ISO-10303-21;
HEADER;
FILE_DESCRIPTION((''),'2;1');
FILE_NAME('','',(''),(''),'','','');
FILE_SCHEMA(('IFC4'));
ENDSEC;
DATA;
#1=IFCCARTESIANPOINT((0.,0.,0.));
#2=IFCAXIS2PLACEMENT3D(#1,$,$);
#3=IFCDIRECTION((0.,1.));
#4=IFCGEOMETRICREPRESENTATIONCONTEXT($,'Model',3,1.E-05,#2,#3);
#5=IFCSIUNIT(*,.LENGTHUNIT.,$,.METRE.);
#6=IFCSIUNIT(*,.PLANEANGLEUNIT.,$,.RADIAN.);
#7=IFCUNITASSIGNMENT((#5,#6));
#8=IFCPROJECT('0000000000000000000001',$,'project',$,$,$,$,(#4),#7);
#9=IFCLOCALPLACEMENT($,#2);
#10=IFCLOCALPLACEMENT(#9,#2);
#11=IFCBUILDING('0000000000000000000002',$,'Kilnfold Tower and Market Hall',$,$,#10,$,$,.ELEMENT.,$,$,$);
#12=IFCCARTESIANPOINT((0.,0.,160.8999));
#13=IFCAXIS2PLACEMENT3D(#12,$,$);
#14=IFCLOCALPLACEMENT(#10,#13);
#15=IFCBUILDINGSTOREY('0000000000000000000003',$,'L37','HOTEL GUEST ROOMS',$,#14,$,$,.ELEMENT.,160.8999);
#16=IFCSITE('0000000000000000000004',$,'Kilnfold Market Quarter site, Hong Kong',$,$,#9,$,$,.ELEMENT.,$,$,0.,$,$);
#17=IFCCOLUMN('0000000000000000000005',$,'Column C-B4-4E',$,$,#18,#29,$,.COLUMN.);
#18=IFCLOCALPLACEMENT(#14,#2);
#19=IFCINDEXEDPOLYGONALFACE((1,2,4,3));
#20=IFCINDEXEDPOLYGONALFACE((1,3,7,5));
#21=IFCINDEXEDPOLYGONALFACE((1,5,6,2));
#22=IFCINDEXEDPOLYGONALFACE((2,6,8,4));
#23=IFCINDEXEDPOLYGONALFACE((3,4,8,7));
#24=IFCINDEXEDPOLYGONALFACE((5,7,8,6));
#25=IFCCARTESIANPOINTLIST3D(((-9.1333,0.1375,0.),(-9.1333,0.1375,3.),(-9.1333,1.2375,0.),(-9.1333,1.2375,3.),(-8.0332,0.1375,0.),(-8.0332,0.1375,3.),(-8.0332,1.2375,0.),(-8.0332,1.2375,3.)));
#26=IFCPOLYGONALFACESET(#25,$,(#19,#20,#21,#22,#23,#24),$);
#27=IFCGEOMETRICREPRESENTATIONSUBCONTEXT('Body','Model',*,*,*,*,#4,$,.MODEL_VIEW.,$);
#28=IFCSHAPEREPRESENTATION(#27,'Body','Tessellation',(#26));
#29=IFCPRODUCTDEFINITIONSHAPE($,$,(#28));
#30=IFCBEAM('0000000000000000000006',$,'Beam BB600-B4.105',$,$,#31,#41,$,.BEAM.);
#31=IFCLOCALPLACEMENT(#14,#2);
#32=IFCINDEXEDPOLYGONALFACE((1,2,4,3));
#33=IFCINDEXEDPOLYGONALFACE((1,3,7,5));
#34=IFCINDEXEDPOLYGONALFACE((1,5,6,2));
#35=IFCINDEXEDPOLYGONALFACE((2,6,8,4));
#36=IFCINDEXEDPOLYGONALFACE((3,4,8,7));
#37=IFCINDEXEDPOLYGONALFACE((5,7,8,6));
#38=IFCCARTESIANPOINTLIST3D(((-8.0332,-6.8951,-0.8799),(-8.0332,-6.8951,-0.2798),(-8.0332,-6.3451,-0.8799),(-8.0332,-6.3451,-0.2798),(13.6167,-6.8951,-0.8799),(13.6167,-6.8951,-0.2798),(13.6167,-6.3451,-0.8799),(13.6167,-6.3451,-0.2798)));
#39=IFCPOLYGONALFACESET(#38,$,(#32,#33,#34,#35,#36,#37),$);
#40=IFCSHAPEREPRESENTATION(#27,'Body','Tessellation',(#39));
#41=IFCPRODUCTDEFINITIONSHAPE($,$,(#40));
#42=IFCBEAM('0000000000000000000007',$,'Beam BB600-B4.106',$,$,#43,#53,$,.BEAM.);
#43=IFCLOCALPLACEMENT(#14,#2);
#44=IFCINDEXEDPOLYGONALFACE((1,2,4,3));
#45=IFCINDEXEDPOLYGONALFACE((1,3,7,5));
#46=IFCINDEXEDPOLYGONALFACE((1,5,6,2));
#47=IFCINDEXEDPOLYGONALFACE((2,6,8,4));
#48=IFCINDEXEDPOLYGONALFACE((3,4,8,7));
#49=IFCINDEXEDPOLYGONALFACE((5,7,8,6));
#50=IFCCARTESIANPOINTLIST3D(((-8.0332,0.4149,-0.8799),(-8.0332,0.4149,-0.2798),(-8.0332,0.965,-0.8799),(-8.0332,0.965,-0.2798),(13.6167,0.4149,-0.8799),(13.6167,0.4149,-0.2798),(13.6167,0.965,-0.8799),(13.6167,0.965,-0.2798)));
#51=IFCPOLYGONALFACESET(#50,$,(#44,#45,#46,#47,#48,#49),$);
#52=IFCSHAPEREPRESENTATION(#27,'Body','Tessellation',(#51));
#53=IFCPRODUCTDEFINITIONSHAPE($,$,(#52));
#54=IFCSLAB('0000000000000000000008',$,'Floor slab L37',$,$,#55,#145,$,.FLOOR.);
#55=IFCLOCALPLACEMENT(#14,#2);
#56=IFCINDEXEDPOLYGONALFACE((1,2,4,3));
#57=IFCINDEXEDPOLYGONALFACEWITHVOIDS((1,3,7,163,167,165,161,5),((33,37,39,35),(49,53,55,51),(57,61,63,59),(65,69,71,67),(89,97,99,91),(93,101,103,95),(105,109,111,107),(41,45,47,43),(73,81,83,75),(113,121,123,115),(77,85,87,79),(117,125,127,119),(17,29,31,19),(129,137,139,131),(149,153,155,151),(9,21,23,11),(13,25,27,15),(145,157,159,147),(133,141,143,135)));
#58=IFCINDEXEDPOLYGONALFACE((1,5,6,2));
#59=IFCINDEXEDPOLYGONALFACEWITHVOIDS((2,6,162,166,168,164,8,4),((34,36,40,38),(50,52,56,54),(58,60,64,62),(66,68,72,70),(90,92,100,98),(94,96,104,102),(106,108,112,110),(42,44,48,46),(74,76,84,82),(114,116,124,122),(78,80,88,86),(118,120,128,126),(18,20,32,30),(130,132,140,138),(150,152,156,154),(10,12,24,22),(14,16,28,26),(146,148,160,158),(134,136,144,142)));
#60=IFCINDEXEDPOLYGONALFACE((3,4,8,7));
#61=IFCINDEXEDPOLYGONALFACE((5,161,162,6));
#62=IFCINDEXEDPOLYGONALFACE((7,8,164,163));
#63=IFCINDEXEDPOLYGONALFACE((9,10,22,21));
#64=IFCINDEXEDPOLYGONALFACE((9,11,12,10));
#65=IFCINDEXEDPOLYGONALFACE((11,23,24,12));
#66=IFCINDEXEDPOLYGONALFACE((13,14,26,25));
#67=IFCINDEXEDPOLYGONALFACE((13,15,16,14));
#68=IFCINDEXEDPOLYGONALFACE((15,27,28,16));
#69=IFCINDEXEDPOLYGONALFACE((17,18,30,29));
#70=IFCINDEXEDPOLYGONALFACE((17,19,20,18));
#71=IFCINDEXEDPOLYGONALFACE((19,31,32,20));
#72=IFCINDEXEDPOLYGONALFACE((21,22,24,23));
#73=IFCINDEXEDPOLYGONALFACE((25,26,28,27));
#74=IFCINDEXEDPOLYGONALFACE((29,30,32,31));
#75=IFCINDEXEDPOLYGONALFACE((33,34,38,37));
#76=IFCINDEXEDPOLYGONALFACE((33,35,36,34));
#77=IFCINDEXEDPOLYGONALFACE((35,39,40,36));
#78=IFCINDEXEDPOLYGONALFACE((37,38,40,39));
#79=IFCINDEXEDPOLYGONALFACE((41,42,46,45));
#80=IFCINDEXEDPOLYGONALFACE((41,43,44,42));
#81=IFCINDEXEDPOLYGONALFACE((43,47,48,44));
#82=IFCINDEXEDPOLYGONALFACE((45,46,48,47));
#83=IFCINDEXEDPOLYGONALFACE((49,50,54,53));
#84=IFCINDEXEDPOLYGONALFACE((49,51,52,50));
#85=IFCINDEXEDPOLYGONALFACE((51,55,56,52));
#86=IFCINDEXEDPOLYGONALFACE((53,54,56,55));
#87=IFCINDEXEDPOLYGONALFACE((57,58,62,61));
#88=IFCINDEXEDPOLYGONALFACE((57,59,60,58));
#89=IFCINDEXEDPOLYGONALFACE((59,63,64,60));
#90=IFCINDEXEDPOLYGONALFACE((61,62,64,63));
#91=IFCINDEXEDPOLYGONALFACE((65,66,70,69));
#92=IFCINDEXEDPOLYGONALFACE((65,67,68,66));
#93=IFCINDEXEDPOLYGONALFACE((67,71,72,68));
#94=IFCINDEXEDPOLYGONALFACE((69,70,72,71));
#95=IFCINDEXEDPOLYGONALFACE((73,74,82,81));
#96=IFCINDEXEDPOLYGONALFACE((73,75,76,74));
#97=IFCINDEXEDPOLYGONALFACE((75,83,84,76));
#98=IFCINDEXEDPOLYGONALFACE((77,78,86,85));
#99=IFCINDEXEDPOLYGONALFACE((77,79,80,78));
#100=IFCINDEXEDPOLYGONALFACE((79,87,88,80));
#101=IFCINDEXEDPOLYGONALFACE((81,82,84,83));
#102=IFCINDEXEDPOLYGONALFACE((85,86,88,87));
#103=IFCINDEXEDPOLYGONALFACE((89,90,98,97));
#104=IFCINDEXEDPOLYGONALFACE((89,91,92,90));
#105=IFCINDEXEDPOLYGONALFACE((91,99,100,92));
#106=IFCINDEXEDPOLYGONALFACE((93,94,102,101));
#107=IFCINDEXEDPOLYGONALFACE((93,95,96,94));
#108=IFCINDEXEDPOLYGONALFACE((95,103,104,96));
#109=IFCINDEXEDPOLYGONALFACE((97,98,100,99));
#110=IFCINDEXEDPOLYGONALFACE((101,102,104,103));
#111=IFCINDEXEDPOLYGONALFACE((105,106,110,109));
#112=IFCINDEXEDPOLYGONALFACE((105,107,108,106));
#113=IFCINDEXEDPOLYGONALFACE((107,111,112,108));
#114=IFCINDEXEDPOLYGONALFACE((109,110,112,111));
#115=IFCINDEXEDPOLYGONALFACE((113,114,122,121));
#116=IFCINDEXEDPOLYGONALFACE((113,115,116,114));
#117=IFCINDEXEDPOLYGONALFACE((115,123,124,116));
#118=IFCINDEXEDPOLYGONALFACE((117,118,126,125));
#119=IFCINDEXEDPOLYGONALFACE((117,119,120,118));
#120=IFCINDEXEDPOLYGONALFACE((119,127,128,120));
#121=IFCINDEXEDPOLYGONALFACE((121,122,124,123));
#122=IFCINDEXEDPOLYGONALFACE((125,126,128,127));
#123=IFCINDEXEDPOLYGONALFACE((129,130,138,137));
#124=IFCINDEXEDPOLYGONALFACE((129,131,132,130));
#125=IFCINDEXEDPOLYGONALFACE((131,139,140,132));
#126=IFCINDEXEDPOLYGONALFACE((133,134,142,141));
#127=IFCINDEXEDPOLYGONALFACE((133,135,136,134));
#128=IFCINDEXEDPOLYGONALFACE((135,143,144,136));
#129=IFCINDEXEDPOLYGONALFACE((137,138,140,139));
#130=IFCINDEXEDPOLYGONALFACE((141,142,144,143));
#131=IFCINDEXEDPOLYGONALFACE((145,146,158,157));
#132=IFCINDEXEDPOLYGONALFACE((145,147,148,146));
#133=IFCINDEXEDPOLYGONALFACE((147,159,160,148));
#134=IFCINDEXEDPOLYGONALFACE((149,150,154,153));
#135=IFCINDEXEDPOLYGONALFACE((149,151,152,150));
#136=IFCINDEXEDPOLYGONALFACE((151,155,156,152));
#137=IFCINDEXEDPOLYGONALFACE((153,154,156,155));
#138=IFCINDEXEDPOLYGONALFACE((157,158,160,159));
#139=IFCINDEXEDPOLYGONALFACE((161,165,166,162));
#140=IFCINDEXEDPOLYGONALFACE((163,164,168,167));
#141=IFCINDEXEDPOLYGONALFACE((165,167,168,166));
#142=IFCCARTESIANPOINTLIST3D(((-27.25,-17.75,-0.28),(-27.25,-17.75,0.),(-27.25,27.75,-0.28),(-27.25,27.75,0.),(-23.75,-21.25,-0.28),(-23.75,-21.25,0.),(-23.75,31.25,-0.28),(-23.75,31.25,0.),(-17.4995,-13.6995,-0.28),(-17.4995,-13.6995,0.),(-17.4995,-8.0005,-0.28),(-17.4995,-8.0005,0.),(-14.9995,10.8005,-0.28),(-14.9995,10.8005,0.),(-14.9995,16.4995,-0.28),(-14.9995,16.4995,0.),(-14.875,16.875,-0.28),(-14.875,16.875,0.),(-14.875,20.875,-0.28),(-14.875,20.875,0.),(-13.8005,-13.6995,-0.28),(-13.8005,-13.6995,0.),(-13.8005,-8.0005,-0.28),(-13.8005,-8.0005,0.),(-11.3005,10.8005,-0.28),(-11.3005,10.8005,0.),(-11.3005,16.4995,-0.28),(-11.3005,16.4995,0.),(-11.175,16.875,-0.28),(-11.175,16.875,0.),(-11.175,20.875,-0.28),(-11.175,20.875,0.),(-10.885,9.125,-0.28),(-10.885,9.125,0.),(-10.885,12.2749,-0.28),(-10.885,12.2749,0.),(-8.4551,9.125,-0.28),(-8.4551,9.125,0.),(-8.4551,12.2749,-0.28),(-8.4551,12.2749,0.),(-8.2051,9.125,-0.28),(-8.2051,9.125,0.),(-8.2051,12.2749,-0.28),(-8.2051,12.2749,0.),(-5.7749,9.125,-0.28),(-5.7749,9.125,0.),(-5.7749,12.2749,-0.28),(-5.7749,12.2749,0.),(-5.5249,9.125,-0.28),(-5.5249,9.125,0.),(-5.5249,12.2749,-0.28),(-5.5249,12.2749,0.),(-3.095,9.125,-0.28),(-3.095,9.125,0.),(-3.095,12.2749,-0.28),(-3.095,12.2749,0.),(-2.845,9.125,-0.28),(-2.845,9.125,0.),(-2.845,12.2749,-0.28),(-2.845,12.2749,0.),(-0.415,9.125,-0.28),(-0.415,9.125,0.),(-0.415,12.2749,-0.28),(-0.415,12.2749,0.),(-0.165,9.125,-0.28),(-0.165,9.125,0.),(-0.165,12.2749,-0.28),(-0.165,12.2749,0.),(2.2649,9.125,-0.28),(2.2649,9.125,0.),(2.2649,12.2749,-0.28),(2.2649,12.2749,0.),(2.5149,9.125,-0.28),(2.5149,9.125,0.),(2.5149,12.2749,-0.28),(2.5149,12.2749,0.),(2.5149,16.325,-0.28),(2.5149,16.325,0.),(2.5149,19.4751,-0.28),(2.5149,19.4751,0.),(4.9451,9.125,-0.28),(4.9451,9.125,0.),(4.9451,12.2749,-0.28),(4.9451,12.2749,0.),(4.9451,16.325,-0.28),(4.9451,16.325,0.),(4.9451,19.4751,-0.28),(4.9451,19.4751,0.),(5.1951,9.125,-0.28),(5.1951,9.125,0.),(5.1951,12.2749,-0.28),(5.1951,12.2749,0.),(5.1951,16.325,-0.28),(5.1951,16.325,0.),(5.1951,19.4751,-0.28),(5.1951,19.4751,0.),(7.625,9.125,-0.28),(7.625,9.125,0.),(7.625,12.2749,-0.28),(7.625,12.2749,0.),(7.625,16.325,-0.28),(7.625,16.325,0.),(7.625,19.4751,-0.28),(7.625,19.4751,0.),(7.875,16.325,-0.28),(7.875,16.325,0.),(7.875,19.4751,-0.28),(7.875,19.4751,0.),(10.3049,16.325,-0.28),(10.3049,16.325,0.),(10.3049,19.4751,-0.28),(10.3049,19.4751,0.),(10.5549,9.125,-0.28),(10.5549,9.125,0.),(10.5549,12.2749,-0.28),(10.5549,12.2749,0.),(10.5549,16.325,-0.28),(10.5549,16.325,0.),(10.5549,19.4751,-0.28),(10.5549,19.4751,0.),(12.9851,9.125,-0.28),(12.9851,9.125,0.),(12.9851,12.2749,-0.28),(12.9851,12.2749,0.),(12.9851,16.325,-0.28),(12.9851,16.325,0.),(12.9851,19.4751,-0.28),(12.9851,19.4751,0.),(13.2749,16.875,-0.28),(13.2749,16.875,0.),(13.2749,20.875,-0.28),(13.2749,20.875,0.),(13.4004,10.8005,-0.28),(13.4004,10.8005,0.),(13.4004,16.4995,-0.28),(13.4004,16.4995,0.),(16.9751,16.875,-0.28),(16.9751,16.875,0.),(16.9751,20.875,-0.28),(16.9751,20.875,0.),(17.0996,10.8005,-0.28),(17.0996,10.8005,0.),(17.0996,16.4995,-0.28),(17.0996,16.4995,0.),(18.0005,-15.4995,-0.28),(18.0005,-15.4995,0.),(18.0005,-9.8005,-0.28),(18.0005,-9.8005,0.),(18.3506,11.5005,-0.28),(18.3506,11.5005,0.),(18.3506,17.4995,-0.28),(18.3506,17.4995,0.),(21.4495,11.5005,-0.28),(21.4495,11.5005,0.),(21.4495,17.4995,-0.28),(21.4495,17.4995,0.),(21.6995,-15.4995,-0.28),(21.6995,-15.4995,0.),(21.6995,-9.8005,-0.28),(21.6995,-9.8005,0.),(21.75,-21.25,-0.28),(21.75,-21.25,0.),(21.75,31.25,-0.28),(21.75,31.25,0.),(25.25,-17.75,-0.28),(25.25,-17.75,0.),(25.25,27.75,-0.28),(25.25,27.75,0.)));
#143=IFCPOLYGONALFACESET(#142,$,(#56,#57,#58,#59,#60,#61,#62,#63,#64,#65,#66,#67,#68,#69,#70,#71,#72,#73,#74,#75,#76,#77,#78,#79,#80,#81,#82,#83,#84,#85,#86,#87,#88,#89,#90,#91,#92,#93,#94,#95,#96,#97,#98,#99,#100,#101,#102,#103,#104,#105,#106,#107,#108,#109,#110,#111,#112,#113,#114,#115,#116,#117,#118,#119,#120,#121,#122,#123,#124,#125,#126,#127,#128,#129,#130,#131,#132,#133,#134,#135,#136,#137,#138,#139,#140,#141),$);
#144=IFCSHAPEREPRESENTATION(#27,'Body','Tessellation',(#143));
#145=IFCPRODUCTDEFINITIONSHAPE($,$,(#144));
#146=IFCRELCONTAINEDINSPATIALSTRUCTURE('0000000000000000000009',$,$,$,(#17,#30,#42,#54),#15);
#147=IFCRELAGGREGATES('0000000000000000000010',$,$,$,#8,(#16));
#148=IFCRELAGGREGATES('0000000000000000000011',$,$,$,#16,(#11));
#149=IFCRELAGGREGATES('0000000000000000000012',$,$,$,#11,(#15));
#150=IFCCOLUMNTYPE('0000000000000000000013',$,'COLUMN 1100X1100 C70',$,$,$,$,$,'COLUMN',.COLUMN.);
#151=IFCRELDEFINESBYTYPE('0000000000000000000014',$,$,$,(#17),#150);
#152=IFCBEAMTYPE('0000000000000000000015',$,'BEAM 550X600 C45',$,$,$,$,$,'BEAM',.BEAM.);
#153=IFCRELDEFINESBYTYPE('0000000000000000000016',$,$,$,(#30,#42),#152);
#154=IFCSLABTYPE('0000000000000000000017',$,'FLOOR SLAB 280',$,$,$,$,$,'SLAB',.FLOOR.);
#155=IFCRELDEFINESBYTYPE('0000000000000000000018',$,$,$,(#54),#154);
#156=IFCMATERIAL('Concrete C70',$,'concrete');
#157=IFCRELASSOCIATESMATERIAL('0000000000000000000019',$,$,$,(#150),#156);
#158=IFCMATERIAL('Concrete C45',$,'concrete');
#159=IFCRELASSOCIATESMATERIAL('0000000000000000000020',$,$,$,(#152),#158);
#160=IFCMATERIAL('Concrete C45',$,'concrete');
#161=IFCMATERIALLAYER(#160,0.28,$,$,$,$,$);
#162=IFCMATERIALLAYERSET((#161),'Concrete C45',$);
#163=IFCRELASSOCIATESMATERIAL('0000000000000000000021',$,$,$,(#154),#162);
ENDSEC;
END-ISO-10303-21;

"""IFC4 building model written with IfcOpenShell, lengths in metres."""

from ifc_helpers import new_model, si_unit, direction, frame, origin, origin_2d, place, context, subcontext, project, spatial, polyline, rectangle, outline, extrude, source, transform, mapped, material, layer, layer_set, material_profile, profile_set, type_object, element, save


model = new_model("IFC4")

# Units and contexts
model_context = context("Model", 3, precision=1e-05, world=origin(), true_north=direction((0.0, 1.0)))
body_context = subcontext(model_context, "Body", "Model", "MODEL_VIEW")
ifc_project = project(units=[si_unit("LENGTHUNIT", "METRE"), si_unit("PLANEANGLEUNIT", "RADIAN")], contexts=[model_context])

# Site, building, storey
site_placement = place(None, origin())
site = spatial("IfcSite", under=ifc_project, at=site_placement, Name="Kilnfold Market Quarter site, Hong Kong", CompositionType="ELEMENT", RefElevation=0.0)
building_placement = place(site_placement, origin())
building = spatial("IfcBuilding", under=site, at=building_placement, Name="Kilnfold Tower and Market Hall", CompositionType="ELEMENT")
storey_placement = place(building_placement, frame((0.0, 0.0, 160.8999)))
storey = spatial("IfcBuildingStorey", under=building, at=storey_placement, Name="L37", Description="HOTEL GUEST ROOMS", CompositionType="ELEMENT", Elevation=160.8999)

# Column
ifc_material_1 = material(Name="Concrete C70", Category="concrete")
ifc_material_profile_1 = material_profile(ifc_material_1, rectangle(XDim=1.1001, YDim=1.1001, at=origin_2d()), Name="RC 1100x1100")
ifc_profile_set_1 = profile_set([ifc_material_profile_1], Name="Concrete C70")
column_type = type_object("IfcColumnType", Name="COLUMN 1100X1100 C70", ElementType="COLUMN", PredefinedType="COLUMN", material=ifc_profile_set_1)
shared_shape_1 = source(origin(), body_context, "Body", "SweptSolid", [
    extrude(rectangle(XDim=1.1001, YDim=1.1001, at=origin_2d()), origin(), (0.0, 0.0, 1.0), 3.0),
])
column_placement = place(storey_placement, frame((-8.5833, 0.6875, 0.0), z_axis=(0.0, 0.0, 1.0), x_axis=(1.0, 0.0, 0.0)))
element("IfcColumn", 1, at=column_placement, inside=storey, type_object=column_type, Name="Column C-B4-4E", PredefinedType="COLUMN", context=body_context, shape_type="MappedRepresentation", body=[
    mapped(shared_shape_1, transform((0.0, 0.0, 0.0))),
])

# Beams
ifc_material_2 = material(Name="Concrete C45", Category="concrete")
ifc_material_profile_2 = material_profile(ifc_material_2, rectangle(XDim=0.55, YDim=0.6001, at=origin_2d()), Name="RC 550x600")
ifc_profile_set_2 = profile_set([ifc_material_profile_2], Name="Concrete C45")
beam_type = type_object("IfcBeamType", Name="BEAM 550X600 C45", ElementType="BEAM", PredefinedType="BEAM", material=ifc_profile_set_2)
shared_shape_2 = source(origin(), body_context, "Body", "SweptSolid", [
    extrude(rectangle(XDim=0.55, YDim=0.6001, at=origin_2d()), origin(), (0.0, 0.0, 1.0), 21.6499),
])
for number, where, z_axis, x_axis, name in (
    (2, (-8.0332, -6.6201, -0.5798), (1.0, 0.0, 0.0), (0.0, 1.0, 0.0), "Beam BB600-B4.105"),
    (3, (-8.0332, 0.6899, -0.5798), (1.0, 0.0, 0.0), (0.0, 1.0, 0.0), "Beam BB600-B4.106"),
):
    element("IfcBeam", number, at=place(storey_placement, frame(where, z_axis=z_axis, x_axis=x_axis)), inside=storey, type_object=beam_type, Name=name, PredefinedType="BEAM", context=body_context, shape_type="MappedRepresentation", body=[
        mapped(shared_shape_2, transform((0.0, 0.0, 0.0))),
    ])

# Slab
ifc_material_3 = material(Name="Concrete C45", Category="concrete")
ifc_layer_1 = layer(ifc_material_3, 0.28)
ifc_layer_set_1 = layer_set([ifc_layer_1], Name="Concrete C45")
slab_type_1 = type_object("IfcSlabType", Name="FLOOR SLAB 280", ElementType="SLAB", PredefinedType="FLOOR", material=ifc_layer_set_1)
shared_shape_3 = source(origin(), body_context, "Body", "SweptSolid", [
    extrude(outline(polyline([(-23.75, -21.25), (21.75, -21.25), (25.25, -17.75), (25.25, 27.75), (21.75, 31.25), (-23.75, 31.25), (-27.25, 27.75), (-27.25, -17.75), (-23.75, -21.25)]), holes=[polyline([(-13.8005, -13.6995), (-17.4995, -13.6995), (-17.4995, -8.0005), (-13.8005, -8.0005), (-13.8005, -13.6995)]), polyline([(-14.9995, 10.8005), (-14.9995, 16.4995), (-11.3005, 16.4995), (-11.3005, 10.8005), (-14.9995, 10.8005)]), polyline([(-11.175, 16.875), (-14.875, 16.875), (-14.875, 20.875), (-11.175, 20.875), (-11.175, 16.875)]), polyline([(-8.4551, 9.125), (-10.885, 9.125), (-10.885, 12.2749), (-8.4551, 12.2749), (-8.4551, 9.125)]), polyline([(-5.7749, 9.125), (-8.2051, 9.125), (-8.2051, 12.2749), (-5.7749, 12.2749), (-5.7749, 9.125)]), polyline([(-3.095, 9.125), (-5.5249, 9.125), (-5.5249, 12.2749), (-3.095, 12.2749), (-3.095, 9.125)]), polyline([(-0.415, 9.125), (-2.845, 9.125), (-2.845, 12.2749), (-0.415, 12.2749), (-0.415, 9.125)]), polyline([(2.2649, 9.125), (-0.165, 9.125), (-0.165, 12.2749), (2.2649, 12.2749), (2.2649, 9.125)]), polyline([(4.9451, 9.125), (2.5149, 9.125), (2.5149, 12.2749), (4.9451, 12.2749), (4.9451, 9.125)]), polyline([(2.5149, 16.325), (2.5149, 19.4751), (4.9451, 19.4751), (4.9451, 16.325), (2.5149, 16.325)]), polyline([(7.625, 9.125), (5.1951, 9.125), (5.1951, 12.2749), (7.625, 12.2749), (7.625, 9.125)]), polyline([(7.625, 16.325), (5.1951, 16.325), (5.1951, 19.4751), (7.625, 19.4751), (7.625, 16.325)]), polyline([(10.3049, 16.325), (7.875, 16.325), (7.875, 19.4751), (10.3049, 19.4751), (10.3049, 16.325)]), polyline([(10.5549, 9.125), (10.5549, 12.2749), (12.9851, 12.2749), (12.9851, 9.125), (10.5549, 9.125)]), polyline([(10.5549, 16.325), (10.5549, 19.4751), (12.9851, 19.4751), (12.9851, 16.325), (10.5549, 16.325)]), polyline([(13.2749, 16.875), (13.2749, 20.875), (16.9751, 20.875), (16.9751, 16.875), (13.2749, 16.875)]), polyline([(13.4004, 10.8005), (13.4004, 16.4995), (17.0996, 16.4995), (17.0996, 10.8005), (13.4004, 10.8005)]), polyline([(18.0005, -9.8005), (21.6995, -9.8005), (21.6995, -15.4995), (18.0005, -15.4995), (18.0005, -9.8005)]), polyline([(21.4495, 11.5005), (18.3506, 11.5005), (18.3506, 17.4995), (21.4495, 17.4995), (21.4495, 11.5005)])]), origin(), (0.0, 0.0, 1.0), 0.28),
])
slab_1_placement = place(storey_placement, frame((0.0, 0.0, -0.28)))
element("IfcSlab", 4, at=slab_1_placement, inside=storey, type_object=slab_type_1, Name="Floor slab L37", PredefinedType="FLOOR", context=body_context, shape_type="MappedRepresentation", body=[
    mapped(shared_shape_3, transform((0.0, 0.0, 0.0))),
])

save(model, "model.ifc")
